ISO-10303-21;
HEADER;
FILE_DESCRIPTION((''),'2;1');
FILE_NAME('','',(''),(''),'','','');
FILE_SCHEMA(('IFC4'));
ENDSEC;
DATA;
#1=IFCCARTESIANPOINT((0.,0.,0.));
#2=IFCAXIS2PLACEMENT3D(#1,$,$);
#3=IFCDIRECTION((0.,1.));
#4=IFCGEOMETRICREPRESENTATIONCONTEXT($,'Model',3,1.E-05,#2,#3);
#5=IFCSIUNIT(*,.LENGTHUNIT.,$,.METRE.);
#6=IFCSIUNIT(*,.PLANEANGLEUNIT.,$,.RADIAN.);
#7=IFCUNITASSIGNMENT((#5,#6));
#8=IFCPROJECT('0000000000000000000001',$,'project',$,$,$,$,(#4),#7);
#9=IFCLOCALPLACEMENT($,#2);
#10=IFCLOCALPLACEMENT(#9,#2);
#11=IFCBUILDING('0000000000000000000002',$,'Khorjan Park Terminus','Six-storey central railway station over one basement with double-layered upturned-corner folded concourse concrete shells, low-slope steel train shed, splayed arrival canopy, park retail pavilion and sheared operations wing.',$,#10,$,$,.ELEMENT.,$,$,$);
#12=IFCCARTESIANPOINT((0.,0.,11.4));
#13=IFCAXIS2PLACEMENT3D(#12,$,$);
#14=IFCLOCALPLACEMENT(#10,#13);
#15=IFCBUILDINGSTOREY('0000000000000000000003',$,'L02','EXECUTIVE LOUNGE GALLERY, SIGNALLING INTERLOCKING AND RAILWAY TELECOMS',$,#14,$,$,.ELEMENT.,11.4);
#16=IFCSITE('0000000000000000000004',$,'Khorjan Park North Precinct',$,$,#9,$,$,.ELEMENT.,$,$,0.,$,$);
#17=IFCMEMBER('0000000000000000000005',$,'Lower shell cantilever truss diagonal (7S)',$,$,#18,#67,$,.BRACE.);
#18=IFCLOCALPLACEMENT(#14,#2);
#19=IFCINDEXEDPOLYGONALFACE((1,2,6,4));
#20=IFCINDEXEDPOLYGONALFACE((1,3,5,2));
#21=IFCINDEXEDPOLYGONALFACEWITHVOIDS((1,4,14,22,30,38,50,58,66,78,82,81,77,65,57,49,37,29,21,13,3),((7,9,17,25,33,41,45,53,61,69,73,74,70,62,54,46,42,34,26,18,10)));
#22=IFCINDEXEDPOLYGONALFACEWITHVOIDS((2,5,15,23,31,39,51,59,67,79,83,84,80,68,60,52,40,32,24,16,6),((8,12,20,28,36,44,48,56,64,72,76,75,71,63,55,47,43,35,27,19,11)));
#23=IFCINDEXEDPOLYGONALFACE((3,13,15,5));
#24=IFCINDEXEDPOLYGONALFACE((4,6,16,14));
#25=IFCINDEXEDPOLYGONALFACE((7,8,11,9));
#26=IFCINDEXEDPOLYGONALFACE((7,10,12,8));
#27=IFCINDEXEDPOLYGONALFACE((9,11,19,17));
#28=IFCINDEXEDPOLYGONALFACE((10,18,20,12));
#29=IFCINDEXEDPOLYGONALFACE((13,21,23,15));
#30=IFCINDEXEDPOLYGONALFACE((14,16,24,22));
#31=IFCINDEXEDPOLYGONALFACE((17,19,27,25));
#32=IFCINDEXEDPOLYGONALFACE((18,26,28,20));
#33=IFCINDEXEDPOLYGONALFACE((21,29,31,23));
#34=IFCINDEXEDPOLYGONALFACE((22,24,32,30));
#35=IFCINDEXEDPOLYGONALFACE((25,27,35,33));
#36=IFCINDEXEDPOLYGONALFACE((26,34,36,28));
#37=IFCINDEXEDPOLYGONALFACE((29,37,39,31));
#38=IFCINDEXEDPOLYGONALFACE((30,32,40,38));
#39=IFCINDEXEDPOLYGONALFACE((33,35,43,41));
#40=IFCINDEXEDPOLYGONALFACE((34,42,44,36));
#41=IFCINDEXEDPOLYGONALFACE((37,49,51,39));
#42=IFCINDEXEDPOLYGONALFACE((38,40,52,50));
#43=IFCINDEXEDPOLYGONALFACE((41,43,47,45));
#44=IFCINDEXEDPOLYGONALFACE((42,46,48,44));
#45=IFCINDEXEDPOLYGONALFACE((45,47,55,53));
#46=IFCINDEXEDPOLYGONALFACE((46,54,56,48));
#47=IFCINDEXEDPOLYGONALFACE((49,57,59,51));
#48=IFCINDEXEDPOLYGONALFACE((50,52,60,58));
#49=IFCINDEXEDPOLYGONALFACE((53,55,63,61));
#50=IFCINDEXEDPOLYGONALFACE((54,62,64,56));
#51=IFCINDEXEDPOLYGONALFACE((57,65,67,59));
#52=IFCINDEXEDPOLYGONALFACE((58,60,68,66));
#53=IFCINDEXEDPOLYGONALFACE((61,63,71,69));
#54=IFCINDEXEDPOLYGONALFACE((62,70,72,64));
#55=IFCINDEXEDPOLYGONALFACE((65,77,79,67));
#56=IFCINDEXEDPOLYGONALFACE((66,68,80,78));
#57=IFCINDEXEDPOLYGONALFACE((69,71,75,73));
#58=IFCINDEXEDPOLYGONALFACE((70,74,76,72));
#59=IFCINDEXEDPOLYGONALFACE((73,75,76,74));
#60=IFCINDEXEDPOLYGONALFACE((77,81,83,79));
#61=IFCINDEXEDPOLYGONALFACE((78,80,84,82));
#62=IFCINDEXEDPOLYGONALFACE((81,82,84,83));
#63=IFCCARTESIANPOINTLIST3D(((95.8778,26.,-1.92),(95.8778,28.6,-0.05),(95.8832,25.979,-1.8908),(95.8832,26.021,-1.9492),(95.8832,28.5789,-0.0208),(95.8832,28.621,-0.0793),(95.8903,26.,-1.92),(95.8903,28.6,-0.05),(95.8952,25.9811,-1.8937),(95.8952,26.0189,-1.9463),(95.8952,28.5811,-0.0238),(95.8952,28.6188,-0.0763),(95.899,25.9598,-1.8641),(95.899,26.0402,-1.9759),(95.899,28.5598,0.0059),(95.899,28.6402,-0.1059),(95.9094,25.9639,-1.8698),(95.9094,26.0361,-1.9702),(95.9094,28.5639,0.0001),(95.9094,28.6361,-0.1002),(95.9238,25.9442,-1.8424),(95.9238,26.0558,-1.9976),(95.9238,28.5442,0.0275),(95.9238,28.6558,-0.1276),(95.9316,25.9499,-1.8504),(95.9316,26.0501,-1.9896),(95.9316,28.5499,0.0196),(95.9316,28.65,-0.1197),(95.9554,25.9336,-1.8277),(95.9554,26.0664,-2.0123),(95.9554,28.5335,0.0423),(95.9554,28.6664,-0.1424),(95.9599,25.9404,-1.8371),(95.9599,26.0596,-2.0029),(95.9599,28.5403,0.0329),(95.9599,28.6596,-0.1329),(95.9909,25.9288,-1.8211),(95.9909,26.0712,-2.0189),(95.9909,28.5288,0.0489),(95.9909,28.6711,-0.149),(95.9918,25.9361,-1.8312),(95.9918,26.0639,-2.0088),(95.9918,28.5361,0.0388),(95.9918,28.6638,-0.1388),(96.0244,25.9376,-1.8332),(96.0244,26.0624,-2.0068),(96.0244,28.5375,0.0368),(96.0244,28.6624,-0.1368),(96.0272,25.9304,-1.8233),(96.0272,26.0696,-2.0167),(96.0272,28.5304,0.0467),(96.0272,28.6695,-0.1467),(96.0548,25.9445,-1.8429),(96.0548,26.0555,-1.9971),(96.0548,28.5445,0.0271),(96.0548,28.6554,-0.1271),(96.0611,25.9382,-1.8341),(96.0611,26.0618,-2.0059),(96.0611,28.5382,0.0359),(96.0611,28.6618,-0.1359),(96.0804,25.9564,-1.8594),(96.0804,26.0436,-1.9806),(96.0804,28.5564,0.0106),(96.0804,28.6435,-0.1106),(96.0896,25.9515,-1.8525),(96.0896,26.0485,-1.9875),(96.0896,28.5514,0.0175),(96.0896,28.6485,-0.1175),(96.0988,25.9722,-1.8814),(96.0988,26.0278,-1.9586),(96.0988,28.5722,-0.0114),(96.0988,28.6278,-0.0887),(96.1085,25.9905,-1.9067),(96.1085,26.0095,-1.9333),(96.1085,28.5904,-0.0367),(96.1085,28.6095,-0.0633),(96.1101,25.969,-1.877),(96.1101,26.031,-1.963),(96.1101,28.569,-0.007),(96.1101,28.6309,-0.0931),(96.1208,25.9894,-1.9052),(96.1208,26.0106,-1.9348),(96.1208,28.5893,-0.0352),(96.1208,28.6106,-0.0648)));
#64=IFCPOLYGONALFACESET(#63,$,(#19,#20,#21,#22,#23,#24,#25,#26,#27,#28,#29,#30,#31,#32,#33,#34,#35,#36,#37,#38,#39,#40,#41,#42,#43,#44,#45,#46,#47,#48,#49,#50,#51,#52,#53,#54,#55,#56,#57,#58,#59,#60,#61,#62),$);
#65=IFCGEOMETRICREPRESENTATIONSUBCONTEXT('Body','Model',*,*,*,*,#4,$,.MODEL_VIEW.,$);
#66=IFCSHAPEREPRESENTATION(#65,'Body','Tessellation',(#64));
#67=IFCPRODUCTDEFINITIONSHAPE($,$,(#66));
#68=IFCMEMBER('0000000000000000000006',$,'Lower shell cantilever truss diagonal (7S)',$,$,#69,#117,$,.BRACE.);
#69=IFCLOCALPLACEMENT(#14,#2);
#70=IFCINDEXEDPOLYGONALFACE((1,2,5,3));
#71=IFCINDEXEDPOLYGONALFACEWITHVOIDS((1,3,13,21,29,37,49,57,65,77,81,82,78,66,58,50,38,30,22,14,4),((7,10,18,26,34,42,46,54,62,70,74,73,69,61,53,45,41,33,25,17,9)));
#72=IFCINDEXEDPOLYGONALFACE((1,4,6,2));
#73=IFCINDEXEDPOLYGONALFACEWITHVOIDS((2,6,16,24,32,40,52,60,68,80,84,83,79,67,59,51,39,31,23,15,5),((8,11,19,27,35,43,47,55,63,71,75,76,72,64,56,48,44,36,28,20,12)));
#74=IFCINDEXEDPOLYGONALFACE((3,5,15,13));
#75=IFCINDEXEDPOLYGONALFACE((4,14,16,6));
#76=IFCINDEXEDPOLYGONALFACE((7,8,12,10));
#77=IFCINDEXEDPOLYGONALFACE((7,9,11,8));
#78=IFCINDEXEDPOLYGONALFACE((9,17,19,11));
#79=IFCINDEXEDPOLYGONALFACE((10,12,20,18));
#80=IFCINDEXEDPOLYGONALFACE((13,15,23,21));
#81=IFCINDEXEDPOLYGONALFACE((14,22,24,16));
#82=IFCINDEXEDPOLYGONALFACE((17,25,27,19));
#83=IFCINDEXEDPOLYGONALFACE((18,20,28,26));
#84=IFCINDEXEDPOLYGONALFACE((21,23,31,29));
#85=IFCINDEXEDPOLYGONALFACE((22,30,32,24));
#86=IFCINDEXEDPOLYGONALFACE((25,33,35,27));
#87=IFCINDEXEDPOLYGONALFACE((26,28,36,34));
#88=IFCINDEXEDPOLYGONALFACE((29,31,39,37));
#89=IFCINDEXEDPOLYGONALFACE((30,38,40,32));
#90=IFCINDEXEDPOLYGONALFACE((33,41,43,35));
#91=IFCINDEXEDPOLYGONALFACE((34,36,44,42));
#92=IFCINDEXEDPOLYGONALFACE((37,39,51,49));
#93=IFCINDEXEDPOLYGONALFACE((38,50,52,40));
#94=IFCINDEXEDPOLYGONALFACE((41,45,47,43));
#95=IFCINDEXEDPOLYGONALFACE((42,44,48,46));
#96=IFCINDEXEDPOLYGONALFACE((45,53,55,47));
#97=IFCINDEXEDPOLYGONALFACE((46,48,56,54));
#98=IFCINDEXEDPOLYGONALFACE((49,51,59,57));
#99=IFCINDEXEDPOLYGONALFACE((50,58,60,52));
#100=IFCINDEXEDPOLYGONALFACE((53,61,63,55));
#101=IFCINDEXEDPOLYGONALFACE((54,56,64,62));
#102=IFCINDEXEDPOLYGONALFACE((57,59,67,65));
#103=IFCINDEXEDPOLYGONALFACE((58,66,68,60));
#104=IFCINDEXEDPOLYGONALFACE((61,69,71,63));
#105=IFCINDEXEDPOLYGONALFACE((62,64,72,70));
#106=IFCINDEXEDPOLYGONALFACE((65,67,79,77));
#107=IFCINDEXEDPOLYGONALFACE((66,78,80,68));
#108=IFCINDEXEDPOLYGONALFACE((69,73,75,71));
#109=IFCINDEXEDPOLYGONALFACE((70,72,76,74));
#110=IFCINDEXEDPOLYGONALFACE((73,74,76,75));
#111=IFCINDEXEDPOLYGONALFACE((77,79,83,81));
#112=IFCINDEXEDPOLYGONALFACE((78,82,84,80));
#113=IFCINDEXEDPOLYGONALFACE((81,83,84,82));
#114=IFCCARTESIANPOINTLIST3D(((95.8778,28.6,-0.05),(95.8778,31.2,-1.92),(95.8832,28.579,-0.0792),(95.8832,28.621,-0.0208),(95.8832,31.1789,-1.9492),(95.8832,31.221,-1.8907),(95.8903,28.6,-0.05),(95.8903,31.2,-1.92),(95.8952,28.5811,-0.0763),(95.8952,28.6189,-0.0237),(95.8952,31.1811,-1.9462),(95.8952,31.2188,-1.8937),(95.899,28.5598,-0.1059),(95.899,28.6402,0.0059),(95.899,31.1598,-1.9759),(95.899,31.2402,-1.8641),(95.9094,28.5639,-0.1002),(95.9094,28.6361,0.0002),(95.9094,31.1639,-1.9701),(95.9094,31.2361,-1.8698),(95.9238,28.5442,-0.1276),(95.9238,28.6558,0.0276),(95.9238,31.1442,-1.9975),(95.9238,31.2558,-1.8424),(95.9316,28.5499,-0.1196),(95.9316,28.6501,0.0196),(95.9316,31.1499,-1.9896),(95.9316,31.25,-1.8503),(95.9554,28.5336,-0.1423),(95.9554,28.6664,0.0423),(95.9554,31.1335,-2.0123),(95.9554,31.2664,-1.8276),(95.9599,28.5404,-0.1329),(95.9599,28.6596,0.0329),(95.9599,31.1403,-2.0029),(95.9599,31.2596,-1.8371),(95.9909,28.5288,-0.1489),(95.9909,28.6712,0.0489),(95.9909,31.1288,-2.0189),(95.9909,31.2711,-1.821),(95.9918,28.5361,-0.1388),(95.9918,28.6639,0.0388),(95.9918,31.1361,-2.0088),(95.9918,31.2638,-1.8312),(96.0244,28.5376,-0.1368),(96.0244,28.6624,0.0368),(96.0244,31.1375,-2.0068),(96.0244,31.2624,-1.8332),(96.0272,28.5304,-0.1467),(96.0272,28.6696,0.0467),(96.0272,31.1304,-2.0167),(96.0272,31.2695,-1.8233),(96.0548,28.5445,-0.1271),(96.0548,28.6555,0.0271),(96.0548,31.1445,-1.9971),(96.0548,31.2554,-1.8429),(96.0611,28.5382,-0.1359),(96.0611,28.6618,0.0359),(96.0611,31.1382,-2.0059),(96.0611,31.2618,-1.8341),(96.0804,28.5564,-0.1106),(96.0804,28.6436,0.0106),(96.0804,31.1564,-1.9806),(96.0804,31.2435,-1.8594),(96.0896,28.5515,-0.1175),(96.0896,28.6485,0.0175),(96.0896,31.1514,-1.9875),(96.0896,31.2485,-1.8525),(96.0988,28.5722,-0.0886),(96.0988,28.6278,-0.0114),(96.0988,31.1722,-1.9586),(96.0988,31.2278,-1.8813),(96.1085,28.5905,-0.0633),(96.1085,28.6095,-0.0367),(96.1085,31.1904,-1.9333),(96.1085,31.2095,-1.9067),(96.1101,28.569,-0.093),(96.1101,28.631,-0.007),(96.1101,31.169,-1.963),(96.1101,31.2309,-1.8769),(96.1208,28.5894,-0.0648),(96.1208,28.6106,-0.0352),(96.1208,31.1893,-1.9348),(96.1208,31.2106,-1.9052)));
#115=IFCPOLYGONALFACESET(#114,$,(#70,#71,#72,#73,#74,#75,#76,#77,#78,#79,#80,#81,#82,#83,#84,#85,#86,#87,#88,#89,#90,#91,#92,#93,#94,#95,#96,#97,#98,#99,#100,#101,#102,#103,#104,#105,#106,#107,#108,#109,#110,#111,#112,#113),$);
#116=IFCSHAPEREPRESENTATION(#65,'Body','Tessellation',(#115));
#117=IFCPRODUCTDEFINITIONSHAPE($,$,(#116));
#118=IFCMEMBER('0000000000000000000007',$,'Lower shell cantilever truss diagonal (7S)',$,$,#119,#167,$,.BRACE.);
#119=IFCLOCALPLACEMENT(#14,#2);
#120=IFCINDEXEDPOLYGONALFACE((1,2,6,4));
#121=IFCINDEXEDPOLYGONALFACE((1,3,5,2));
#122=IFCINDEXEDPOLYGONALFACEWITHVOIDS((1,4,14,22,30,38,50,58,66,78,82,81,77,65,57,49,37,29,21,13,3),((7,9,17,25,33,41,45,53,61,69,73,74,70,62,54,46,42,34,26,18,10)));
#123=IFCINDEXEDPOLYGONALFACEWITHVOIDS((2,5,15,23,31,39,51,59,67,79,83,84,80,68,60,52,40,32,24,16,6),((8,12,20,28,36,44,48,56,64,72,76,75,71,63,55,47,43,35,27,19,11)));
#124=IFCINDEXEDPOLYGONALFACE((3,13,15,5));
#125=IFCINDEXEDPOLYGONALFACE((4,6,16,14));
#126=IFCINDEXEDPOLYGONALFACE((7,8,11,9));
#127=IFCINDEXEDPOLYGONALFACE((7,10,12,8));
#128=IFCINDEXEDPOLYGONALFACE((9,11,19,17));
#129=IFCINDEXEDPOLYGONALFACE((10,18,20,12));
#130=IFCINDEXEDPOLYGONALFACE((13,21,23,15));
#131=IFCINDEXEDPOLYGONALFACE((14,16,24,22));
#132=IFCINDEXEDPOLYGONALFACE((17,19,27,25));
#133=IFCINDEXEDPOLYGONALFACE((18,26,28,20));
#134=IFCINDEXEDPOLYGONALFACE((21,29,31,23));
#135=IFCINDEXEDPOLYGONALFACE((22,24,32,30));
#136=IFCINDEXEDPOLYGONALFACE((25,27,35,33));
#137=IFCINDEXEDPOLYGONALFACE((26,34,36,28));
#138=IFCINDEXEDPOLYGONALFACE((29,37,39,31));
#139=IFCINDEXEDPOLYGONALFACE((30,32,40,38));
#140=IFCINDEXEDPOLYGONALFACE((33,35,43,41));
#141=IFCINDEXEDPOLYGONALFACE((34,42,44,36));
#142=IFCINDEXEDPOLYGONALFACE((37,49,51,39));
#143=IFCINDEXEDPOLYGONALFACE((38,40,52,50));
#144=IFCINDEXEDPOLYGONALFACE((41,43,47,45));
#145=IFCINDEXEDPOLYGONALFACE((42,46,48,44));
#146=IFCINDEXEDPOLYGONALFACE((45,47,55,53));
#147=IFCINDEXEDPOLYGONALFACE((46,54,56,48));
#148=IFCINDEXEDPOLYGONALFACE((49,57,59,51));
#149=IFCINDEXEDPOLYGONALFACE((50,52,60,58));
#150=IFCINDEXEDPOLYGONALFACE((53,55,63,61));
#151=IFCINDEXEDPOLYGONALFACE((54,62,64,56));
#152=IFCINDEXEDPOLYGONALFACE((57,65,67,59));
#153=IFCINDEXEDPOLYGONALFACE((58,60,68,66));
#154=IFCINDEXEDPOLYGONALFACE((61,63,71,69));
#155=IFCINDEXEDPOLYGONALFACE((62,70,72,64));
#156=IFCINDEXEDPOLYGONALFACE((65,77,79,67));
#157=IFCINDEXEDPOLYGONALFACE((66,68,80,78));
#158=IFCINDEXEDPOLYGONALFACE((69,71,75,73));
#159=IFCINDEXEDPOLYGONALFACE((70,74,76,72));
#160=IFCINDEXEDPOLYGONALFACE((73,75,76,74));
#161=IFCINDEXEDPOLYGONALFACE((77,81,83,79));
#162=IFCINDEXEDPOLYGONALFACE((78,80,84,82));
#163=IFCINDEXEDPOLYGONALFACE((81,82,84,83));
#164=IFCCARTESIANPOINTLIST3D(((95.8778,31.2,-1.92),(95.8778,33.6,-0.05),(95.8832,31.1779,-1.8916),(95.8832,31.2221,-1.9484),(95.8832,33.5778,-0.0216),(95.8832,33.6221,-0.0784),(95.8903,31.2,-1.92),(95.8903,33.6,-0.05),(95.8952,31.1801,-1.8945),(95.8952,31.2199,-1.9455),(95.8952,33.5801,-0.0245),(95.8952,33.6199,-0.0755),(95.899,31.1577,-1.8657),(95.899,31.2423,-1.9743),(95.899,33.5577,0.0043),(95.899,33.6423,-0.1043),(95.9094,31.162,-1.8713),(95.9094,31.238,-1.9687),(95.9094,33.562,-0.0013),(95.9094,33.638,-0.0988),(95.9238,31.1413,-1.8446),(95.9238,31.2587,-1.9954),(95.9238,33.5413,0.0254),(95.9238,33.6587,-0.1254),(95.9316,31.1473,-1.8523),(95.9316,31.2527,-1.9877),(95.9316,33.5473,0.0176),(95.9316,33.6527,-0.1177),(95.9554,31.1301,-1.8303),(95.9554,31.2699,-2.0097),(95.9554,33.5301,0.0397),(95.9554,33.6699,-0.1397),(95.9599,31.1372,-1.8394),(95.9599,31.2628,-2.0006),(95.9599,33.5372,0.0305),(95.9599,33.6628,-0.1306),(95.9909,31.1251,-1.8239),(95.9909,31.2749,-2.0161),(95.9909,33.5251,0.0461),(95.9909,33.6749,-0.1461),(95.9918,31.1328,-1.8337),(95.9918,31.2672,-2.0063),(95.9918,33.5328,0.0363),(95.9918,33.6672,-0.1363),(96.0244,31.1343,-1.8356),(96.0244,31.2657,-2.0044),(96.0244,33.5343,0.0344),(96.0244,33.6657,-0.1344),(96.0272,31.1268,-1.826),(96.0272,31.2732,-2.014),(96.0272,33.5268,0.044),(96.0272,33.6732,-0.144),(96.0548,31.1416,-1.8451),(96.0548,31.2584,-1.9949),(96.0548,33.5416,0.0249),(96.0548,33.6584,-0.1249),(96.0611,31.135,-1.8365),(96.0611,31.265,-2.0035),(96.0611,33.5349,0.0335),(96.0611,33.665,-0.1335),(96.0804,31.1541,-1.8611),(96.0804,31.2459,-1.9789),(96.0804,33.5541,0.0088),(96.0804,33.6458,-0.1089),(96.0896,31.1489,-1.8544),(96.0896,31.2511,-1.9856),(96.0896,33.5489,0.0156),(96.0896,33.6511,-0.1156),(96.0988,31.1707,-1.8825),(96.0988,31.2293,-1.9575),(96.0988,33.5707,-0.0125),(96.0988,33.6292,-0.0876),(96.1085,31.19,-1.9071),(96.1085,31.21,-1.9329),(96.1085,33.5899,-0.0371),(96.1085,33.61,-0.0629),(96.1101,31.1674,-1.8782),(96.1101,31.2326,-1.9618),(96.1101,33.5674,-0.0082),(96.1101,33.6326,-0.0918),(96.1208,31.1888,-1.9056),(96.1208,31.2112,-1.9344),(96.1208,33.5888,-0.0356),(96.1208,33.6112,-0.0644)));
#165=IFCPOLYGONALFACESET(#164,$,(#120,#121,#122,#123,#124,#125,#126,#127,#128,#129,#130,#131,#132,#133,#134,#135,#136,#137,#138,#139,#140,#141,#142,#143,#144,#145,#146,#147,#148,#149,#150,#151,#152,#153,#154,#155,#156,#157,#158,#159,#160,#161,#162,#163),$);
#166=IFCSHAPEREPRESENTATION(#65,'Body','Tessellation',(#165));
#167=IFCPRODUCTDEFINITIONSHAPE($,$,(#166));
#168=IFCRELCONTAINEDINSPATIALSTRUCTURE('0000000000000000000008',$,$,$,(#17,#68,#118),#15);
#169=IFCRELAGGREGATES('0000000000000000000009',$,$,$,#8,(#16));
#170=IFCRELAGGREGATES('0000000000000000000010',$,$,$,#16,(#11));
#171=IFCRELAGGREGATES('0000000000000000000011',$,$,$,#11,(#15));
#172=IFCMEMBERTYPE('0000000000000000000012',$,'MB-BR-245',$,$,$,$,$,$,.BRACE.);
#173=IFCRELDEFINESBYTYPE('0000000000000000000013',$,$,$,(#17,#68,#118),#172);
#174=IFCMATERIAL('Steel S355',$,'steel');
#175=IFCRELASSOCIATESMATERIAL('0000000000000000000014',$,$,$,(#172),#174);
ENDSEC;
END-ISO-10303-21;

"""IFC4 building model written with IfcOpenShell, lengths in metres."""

from ifc_helpers import new_model, si_unit, direction, frame, origin, origin_2d, place, context, subcontext, project, spatial, hollow_circle, extrude, material, material_profile, profile_set, type_object, element, save


model = new_model("IFC4")

# Units and contexts
model_context = context("Model", 3, precision=1e-05, world=origin(), true_north=direction((0.0, 1.0)))
body_context = subcontext(model_context, "Body", "Model", "MODEL_VIEW")
ifc_project = project(units=[si_unit("LENGTHUNIT", "METRE"), si_unit("PLANEANGLEUNIT", "RADIAN")], contexts=[model_context])

# Site, building, storey
site_placement = place(None, origin())
site = spatial("IfcSite", under=ifc_project, at=site_placement, Name="Khorjan Park North Precinct", CompositionType="ELEMENT", RefElevation=0.0)
building_placement = place(site_placement, origin())
building = spatial("IfcBuilding", under=site, at=building_placement, Name="Khorjan Park Terminus", Description="Six-storey central railway station over one basement with double-layered upturned-corner folded concourse concrete shells, low-slope steel train shed, splayed arrival canopy, park retail pavilion and sheared operations wing.", CompositionType="ELEMENT")
storey_placement = place(building_placement, frame((0.0, 0.0, 11.4)))
storey = spatial("IfcBuildingStorey", under=building, at=storey_placement, Name="L02", Description="EXECUTIVE LOUNGE GALLERY, SIGNALLING INTERLOCKING AND RAILWAY TELECOMS", CompositionType="ELEMENT", Elevation=11.4)

# Shared definitions
ifc_material_1 = material(Name="Steel S355", Category="steel")

# Members
ifc_material_profile_1 = material_profile(ifc_material_1, hollow_circle(Radius=0.1222, WallThickness=0.0125, at=origin_2d()), Name="CHS 244.5x12.5")
ifc_profile_set_1 = profile_set([ifc_material_profile_1], Name="Steel S355")
member_type_1 = type_object("IfcMemberType", Name="MB-BR-245", PredefinedType="BRACE", material=ifc_profile_set_1)
for number, where, z_axis, x_axis, name in (
    (1, (96.0, 26.0, -1.92), (0.0, 0.81183, 0.583893), (-1.0, 0.0, 0.0), "Lower shell cantilever truss diagonal (7S)"),
    (2, (96.0, 28.6, -0.05), (0.0, 0.81183, -0.583893), (-1.0, 0.0, 0.0), "Lower shell cantilever truss diagonal (7S)"),
):
    element("IfcMember", number, at=place(storey_placement, frame(where, z_axis=z_axis, x_axis=x_axis)), inside=storey, type_object=member_type_1, Name=name, PredefinedType="BRACE", context=body_context, shape_type="SweptSolid", body=[
        extrude(hollow_circle(Radius=0.1222, WallThickness=0.0125, at=origin_2d()), origin(), (0.0, 0.0, 1.0), 3.2026),
    ])
for number, where, z_axis, x_axis, name in (
    (3, (96.0, 31.2, -1.92), (0.0, 0.788821, 0.614623), (-1.0, 0.0, 0.0), "Lower shell cantilever truss diagonal (7S)"),
):
    element("IfcMember", number, at=place(storey_placement, frame(where, z_axis=z_axis, x_axis=x_axis)), inside=storey, type_object=member_type_1, Name=name, PredefinedType="BRACE", context=body_context, shape_type="SweptSolid", body=[
        extrude(hollow_circle(Radius=0.1222, WallThickness=0.0125, at=origin_2d()), origin(), (0.0, 0.0, 1.0), 3.0425),
    ])

save(model, "model.ifc")
